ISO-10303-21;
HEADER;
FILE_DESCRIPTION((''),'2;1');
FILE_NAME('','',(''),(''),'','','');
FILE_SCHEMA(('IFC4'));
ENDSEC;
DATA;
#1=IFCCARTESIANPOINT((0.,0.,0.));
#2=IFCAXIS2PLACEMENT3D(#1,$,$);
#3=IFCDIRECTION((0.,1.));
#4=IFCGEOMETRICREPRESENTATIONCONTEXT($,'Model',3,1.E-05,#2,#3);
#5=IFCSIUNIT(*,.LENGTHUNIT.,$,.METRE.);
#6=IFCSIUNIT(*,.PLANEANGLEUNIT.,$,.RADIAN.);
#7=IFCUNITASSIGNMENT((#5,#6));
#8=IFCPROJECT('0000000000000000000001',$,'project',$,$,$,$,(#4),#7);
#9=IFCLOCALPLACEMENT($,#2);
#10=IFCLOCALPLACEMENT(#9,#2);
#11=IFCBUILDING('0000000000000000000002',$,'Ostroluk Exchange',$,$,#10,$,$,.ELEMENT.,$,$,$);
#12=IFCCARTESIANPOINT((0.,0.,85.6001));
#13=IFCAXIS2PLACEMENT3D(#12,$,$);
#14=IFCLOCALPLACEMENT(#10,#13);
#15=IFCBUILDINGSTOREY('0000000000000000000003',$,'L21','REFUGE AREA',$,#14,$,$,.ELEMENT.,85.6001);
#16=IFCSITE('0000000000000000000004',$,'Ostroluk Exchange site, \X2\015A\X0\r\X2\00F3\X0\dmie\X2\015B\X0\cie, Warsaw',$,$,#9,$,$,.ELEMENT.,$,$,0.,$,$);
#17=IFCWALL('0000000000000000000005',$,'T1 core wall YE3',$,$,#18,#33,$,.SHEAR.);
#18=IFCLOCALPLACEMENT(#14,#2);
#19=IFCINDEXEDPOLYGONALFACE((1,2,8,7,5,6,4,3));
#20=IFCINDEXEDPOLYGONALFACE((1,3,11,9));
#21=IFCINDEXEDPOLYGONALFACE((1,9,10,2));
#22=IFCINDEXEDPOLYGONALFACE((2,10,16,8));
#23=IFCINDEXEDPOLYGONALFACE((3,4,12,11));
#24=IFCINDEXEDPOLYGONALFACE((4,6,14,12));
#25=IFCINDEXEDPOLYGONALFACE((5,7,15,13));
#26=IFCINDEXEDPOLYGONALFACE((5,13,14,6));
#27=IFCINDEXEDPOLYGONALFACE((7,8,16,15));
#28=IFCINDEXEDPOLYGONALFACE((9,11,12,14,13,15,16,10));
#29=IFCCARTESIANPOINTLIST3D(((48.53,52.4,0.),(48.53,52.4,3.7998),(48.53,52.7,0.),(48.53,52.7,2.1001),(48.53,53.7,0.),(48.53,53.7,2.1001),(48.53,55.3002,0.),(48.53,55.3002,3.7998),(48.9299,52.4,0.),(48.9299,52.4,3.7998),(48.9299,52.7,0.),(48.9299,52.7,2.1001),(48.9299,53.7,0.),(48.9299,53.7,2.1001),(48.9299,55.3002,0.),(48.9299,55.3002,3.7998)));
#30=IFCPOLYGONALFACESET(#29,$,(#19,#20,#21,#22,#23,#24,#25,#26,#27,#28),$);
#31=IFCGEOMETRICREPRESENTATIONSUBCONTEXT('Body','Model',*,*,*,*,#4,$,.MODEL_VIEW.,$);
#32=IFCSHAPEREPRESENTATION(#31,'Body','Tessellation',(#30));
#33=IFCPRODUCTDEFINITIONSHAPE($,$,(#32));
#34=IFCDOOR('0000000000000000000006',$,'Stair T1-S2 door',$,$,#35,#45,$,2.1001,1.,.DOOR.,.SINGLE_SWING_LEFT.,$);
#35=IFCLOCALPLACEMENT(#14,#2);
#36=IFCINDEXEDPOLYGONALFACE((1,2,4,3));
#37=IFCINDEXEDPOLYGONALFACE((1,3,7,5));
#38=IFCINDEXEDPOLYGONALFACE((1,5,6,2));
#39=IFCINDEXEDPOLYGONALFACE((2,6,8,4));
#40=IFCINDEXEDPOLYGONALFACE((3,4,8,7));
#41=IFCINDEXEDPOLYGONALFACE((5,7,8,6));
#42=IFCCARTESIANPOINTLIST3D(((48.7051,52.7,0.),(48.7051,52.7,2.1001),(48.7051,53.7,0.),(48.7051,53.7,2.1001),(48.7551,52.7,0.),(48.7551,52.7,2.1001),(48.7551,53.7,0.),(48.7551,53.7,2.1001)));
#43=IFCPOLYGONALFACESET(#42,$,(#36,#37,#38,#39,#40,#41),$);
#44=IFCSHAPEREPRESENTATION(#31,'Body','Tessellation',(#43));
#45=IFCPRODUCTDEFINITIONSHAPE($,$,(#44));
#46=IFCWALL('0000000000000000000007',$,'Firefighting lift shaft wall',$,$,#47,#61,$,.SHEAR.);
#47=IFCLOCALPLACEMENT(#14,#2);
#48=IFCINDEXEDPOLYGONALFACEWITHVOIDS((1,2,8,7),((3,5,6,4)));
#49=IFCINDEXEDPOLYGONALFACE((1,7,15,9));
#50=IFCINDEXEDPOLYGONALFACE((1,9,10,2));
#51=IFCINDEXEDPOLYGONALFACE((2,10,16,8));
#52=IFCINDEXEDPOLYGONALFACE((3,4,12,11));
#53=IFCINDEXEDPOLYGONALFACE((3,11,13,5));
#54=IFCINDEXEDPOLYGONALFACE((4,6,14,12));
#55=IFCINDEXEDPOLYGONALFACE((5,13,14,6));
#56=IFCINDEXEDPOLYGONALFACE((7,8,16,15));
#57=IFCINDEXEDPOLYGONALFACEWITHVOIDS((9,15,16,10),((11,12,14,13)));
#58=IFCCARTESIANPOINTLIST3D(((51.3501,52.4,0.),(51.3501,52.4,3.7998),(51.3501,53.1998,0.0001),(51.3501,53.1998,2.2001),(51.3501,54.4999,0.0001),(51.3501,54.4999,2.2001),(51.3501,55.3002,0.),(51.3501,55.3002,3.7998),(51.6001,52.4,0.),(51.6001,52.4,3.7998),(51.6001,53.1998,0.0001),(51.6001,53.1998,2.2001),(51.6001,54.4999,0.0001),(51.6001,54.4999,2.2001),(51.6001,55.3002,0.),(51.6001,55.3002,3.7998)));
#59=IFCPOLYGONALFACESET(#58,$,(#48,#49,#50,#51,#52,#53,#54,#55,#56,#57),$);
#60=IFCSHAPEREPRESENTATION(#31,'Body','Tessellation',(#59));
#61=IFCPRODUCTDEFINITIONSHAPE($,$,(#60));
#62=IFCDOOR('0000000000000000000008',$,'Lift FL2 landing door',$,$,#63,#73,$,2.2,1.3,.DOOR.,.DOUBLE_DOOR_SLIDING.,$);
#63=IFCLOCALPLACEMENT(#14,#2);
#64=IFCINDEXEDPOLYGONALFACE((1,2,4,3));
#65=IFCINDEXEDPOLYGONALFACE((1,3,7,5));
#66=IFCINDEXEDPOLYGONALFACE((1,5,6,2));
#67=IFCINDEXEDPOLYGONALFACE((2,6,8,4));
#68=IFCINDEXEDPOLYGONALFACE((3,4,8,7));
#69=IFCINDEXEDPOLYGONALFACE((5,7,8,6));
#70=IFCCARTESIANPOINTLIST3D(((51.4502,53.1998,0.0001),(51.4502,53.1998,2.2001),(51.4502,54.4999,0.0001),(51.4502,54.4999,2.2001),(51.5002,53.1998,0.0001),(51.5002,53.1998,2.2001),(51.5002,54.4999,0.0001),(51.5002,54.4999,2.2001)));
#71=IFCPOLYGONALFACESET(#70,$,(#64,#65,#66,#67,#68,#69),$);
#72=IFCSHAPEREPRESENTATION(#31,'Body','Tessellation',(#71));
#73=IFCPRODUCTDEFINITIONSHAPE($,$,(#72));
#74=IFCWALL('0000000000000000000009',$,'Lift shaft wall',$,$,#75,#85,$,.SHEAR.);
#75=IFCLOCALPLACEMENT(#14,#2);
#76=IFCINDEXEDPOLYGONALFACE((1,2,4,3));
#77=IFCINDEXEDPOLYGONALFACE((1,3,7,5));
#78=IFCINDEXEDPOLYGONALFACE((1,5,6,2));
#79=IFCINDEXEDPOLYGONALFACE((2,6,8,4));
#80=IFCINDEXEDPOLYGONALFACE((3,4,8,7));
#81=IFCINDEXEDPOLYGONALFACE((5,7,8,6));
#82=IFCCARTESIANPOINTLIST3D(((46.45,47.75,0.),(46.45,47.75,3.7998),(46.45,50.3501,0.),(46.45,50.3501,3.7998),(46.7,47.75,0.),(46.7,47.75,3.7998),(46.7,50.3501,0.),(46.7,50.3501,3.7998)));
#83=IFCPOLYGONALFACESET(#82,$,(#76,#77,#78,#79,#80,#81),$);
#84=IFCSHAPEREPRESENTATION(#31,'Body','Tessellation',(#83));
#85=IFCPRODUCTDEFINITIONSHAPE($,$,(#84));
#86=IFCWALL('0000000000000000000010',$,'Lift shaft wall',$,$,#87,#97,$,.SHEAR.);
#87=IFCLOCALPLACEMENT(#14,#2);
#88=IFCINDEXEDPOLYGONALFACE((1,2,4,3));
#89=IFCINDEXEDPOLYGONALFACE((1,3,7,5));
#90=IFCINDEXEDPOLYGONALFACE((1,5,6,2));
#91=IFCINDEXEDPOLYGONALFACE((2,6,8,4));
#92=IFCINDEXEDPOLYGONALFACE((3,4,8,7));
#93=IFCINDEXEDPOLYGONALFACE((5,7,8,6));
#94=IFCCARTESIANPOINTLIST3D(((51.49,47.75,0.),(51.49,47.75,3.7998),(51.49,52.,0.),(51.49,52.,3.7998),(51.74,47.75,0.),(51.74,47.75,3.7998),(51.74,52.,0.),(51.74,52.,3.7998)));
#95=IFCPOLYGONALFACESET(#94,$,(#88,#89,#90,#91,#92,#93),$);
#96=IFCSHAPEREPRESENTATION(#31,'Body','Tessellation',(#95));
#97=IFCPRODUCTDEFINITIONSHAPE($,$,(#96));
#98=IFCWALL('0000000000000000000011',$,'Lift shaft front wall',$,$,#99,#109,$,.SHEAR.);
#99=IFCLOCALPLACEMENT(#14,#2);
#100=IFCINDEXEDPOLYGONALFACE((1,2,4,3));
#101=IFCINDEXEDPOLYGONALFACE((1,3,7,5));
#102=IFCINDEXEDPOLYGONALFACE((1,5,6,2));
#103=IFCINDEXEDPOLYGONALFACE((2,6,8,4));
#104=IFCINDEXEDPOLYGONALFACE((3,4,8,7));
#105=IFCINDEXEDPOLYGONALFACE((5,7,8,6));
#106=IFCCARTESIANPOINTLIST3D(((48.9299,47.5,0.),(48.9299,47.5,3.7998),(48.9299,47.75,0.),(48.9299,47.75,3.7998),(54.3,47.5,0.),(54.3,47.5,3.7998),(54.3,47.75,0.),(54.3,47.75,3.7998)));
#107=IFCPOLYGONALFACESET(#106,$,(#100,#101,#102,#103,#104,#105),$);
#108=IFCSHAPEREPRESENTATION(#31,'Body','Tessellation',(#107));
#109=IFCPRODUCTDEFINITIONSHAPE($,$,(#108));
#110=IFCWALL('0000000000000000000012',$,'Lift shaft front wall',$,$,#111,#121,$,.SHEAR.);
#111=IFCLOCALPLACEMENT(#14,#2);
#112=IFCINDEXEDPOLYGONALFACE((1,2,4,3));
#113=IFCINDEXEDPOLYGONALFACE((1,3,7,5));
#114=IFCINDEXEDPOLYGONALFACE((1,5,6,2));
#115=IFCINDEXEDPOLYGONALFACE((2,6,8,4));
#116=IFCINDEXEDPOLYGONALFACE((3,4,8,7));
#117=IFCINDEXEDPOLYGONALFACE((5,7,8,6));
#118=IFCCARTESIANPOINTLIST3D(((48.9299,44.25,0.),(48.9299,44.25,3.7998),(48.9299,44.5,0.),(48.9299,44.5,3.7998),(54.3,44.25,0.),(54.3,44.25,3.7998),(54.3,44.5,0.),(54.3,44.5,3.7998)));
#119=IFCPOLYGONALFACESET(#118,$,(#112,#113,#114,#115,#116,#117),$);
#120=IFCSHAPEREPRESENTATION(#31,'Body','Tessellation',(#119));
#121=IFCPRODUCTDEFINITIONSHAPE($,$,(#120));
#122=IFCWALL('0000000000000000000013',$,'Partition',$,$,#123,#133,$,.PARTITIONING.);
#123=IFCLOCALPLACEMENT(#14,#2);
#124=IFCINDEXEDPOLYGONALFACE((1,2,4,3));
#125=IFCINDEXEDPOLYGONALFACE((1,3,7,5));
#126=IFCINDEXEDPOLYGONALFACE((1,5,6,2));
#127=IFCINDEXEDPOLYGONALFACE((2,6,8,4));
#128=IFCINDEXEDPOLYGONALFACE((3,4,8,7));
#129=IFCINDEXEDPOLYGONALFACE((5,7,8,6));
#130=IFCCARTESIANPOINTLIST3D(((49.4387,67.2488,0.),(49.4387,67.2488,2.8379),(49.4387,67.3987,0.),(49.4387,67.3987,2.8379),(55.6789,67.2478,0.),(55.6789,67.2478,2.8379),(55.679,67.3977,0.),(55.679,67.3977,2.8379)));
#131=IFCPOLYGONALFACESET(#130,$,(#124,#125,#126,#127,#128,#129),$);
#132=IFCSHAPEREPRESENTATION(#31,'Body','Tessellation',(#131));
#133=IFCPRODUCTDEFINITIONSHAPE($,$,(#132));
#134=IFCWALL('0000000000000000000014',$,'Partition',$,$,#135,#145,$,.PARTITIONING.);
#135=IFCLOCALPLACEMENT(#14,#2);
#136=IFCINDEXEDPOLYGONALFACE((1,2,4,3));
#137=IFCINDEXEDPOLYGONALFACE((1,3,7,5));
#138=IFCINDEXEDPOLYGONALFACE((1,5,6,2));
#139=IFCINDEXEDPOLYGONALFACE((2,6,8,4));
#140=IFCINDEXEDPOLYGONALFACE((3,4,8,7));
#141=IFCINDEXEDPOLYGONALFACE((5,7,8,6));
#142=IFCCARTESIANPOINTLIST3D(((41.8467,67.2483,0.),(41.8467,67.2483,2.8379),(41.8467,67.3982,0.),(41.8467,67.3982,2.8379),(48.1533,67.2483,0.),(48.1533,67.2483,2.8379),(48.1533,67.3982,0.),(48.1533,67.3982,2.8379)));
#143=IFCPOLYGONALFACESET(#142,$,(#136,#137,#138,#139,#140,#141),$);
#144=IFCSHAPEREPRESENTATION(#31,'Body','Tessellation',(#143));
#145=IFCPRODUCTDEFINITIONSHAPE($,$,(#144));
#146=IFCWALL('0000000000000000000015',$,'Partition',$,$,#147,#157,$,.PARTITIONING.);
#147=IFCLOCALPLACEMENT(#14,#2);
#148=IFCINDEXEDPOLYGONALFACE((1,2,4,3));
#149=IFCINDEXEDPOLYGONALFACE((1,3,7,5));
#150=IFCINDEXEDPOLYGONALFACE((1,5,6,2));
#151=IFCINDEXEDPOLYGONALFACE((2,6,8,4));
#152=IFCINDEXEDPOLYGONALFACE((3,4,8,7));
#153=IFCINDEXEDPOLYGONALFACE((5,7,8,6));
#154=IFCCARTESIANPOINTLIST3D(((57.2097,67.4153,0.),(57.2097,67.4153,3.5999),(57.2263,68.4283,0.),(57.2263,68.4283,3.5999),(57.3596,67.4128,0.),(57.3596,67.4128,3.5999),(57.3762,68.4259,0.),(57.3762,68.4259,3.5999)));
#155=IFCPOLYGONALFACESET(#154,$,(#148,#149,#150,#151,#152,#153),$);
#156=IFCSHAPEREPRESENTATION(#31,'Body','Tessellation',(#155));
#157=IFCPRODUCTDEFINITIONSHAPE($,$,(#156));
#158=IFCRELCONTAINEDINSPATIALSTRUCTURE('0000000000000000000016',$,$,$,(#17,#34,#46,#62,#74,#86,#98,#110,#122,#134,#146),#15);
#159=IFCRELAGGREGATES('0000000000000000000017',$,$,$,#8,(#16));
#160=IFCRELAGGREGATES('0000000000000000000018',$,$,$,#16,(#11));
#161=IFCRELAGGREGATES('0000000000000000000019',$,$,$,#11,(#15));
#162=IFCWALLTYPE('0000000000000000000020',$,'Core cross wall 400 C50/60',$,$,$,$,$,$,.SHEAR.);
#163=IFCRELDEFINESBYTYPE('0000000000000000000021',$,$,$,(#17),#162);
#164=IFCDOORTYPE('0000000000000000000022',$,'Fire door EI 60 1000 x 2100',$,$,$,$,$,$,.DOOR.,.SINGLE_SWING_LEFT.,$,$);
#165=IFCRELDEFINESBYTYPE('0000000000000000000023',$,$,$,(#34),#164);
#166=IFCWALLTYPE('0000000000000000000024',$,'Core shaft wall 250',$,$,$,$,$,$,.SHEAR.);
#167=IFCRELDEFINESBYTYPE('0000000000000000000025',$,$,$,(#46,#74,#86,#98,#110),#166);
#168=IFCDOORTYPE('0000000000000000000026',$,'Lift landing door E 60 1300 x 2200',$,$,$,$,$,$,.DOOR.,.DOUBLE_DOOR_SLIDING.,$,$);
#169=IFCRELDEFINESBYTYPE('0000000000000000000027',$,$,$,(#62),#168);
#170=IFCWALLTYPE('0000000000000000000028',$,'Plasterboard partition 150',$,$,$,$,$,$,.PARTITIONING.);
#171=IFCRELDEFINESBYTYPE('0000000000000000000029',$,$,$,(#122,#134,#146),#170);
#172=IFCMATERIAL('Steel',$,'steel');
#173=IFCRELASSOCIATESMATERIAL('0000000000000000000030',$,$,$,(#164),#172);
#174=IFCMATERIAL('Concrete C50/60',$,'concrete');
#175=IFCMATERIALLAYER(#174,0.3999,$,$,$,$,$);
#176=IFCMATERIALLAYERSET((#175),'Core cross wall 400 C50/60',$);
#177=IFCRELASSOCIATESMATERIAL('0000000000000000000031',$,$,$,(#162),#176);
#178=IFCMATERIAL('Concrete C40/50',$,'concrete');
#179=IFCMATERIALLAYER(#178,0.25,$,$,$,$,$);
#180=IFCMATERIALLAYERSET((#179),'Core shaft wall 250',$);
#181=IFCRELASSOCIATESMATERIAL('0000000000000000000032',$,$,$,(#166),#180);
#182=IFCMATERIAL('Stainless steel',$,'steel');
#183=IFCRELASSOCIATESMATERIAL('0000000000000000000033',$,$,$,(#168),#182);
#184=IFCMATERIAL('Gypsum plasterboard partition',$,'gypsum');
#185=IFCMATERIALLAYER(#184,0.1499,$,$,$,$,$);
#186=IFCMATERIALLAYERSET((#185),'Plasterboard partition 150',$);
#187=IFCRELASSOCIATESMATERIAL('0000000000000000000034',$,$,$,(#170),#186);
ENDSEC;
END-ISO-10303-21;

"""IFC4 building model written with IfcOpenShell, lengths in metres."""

from ifc_helpers import new_model, si_unit, direction, frame, frame_2d, origin, place, context, subcontext, project, spatial, rectangle, extrude, material, layer, layer_set, type_object, element, fill, save


model = new_model("IFC4")

# Units and contexts
model_context = context("Model", 3, precision=1e-05, world=origin(), true_north=direction((0.0, 1.0)))
body_context = subcontext(model_context, "Body", "Model", "MODEL_VIEW")
ifc_project = project(units=[si_unit("LENGTHUNIT", "METRE"), si_unit("PLANEANGLEUNIT", "RADIAN")], contexts=[model_context])

# Site, building, storey
site_placement = place(None, origin())
site = spatial("IfcSite", under=ifc_project, at=site_placement, Name="Ostroluk Exchange site, Śródmieście, Warsaw", CompositionType="ELEMENT", RefElevation=0.0)
building_placement = place(site_placement, origin())
building = spatial("IfcBuilding", under=site, at=building_placement, Name="Ostroluk Exchange", CompositionType="ELEMENT")
storey_placement = place(building_placement, frame((0.0, 0.0, 85.6001)))
storey = spatial("IfcBuildingStorey", under=building, at=storey_placement, Name="L21", Description="REFUGE AREA", CompositionType="ELEMENT", Elevation=85.6001)

# Walls, openings, doors
ifc_material_1 = material(Name="Steel", Category="steel")
door_type_1 = type_object("IfcDoorType", Name="Fire door EI 60 1000 x 2100", OperationType="SINGLE_SWING_LEFT", PredefinedType="DOOR", material=ifc_material_1)
ifc_material_2 = material(Name="Concrete C50/60", Category="concrete")
ifc_layer_1 = layer(ifc_material_2, 0.3999)
ifc_layer_set_1 = layer_set([ifc_layer_1], Name="Core cross wall 400 C50/60")
wall_type_1 = type_object("IfcWallType", Name="Core cross wall 400 C50/60", PredefinedType="SHEAR", material=ifc_layer_set_1)
wall_1_placement = place(storey_placement, frame((48.73, 52.3999, 0.0), z_axis=(0.0, 0.0, 1.0), x_axis=(0.0, 1.0, 0.0)))
wall_1 = element("IfcWall", 1, at=wall_1_placement, inside=storey, type_object=wall_type_1, Name="T1 core wall YE3", PredefinedType="SHEAR", context=body_context, shape_type="SweptSolid", body=[
    extrude(rectangle(XDim=2.9001, YDim=0.3999, at=frame_2d((1.4502, 0.0))), origin(), (0.0, 0.0, 1.0), 3.7998),
])
opening_1_placement = place(wall_1_placement, frame((0.3, 0.0, 0.0)))
opening_1 = element("IfcOpeningElement", 2, at=opening_1_placement, cuts=wall_1, PredefinedType="OPENING", context=body_context, shape_type="SweptSolid", body=[
    extrude(rectangle(XDim=1.0, YDim=2.1001, at=frame_2d((0.5, 1.05))), frame((0.0, 0.21, 0.0), z_axis=(0.0, -1.0, 0.0), x_axis=(1.0, 0.0, 0.0)), (0.0, 0.0, 1.0), 0.4199),
])
door_1_placement = place(opening_1_placement, origin())
door_1 = element("IfcDoor", 3, at=door_1_placement, inside=storey, type_object=door_type_1, Name="Stair T1-S2 door", OperationType="SINGLE_SWING_LEFT", OverallHeight=2.1001, OverallWidth=1.0, PredefinedType="DOOR", context=body_context, shape_type="SweptSolid", body=[
    extrude(rectangle(XDim=1.0, YDim=2.1001, at=frame_2d((0.5, 1.05))), frame((0.0, 0.0249, 0.0), z_axis=(0.0, -1.0, 0.0), x_axis=(1.0, 0.0, 0.0)), (0.0, 0.0, 1.0), 0.05),
])
fill(opening_1, door_1)
ifc_material_3 = material(Name="Concrete C40/50", Category="concrete")
ifc_layer_2 = layer(ifc_material_3, 0.25)
ifc_layer_set_2 = layer_set([ifc_layer_2], Name="Core shaft wall 250")
wall_type_2 = type_object("IfcWallType", Name="Core shaft wall 250", PredefinedType="SHEAR", material=ifc_layer_set_2)
wall_2_placement = place(storey_placement, frame((51.4751, 52.3999, 0.0), z_axis=(0.0, 0.0, 1.0), x_axis=(0.0, 1.0, 0.0)))
wall_2 = element("IfcWall", 4, at=wall_2_placement, inside=storey, type_object=wall_type_2, Name="Firefighting lift shaft wall", PredefinedType="SHEAR", context=body_context, shape_type="SweptSolid", body=[
    extrude(rectangle(XDim=2.9001, YDim=0.25, at=frame_2d((1.4502, 0.0))), origin(), (0.0, 0.0, 1.0), 3.7998),
])
opening_2_placement = place(wall_2_placement, frame((0.8, 0.0, 0.0)))
opening_2 = element("IfcOpeningElement", 5, at=opening_2_placement, cuts=wall_2, PredefinedType="OPENING", context=body_context, shape_type="SweptSolid", body=[
    extrude(rectangle(XDim=1.3, YDim=2.2, at=frame_2d((0.6499, 1.1001))), frame((0.0, 0.135, 0.0), z_axis=(0.0, -1.0, 0.0), x_axis=(1.0, 0.0, 0.0)), (0.0, 0.0, 1.0), 0.27),
])
ifc_material_4 = material(Name="Stainless steel", Category="steel")
door_type_2 = type_object("IfcDoorType", Name="Lift landing door E 60 1300 x 2200", OperationType="DOUBLE_DOOR_SLIDING", PredefinedType="DOOR", material=ifc_material_4)
door_2_placement = place(opening_2_placement, origin())
door_2 = element("IfcDoor", 6, at=door_2_placement, inside=storey, type_object=door_type_2, Name="Lift FL2 landing door", OperationType="DOUBLE_DOOR_SLIDING", OverallHeight=2.2, OverallWidth=1.3, PredefinedType="DOOR", context=body_context, shape_type="SweptSolid", body=[
    extrude(rectangle(XDim=1.3, YDim=2.2, at=frame_2d((0.6499, 1.1001))), frame((0.0, 0.0249, 0.0), z_axis=(0.0, -1.0, 0.0), x_axis=(1.0, 0.0, 0.0)), (0.0, 0.0, 1.0), 0.05),
])
fill(opening_2, door_2)

# Walls
wall_3_placement = place(storey_placement, frame((46.575, 47.75, 0.0), z_axis=(0.0, 0.0, 1.0), x_axis=(0.0, 1.0, 0.0)))
element("IfcWall", 7, at=wall_3_placement, inside=storey, type_object=wall_type_2, Name="Lift shaft wall", PredefinedType="SHEAR", context=body_context, shape_type="SweptSolid", body=[
    extrude(rectangle(XDim=2.6001, YDim=0.25, at=frame_2d((1.3, 0.0))), origin(), (0.0, 0.0, 1.0), 3.7998),
])
wall_4_placement = place(storey_placement, frame((51.615, 47.75, 0.0), z_axis=(0.0, 0.0, 1.0), x_axis=(0.0, 1.0, 0.0)))
element("IfcWall", 8, at=wall_4_placement, inside=storey, type_object=wall_type_2, Name="Lift shaft wall", PredefinedType="SHEAR", context=body_context, shape_type="SweptSolid", body=[
    extrude(rectangle(XDim=4.25, YDim=0.25, at=frame_2d((2.125, 0.0))), origin(), (0.0, 0.0, 1.0), 3.7998),
])
for number, where, z_axis, x_axis, name in (
    (9, (48.9299, 47.625, 0.0), (0.0, 0.0, 1.0), (1.0, 0.0, 0.0), "Lift shaft front wall"),
    (10, (48.9299, 44.375, 0.0), (0.0, 0.0, 1.0), (1.0, 0.0, 0.0), "Lift shaft front wall"),
):
    element("IfcWall", number, at=place(storey_placement, frame(where, z_axis=z_axis, x_axis=x_axis)), inside=storey, type_object=wall_type_2, Name=name, PredefinedType="SHEAR", context=body_context, shape_type="SweptSolid", body=[
        extrude(rectangle(XDim=5.3701, YDim=0.25, at=frame_2d((2.6851, 0.0))), origin(), (0.0, 0.0, 1.0), 3.7998),
    ])
ifc_material_5 = material(Name="Gypsum plasterboard partition", Category="gypsum")
ifc_layer_3 = layer(ifc_material_5, 0.1499)
ifc_layer_set_3 = layer_set([ifc_layer_3], Name="Plasterboard partition 150")
wall_type_3 = type_object("IfcWallType", Name="Plasterboard partition 150", PredefinedType="PARTITIONING", material=ifc_layer_set_3)
wall_5_placement = place(storey_placement, frame((55.679, 67.3228, 0.0), z_axis=(0.0, 0.0, 1.0), x_axis=(-1.0, 0.000156, 0.0)))
element("IfcWall", 11, at=wall_5_placement, inside=storey, type_object=wall_type_3, Name="Partition", PredefinedType="PARTITIONING", context=body_context, shape_type="SweptSolid", body=[
    extrude(rectangle(XDim=6.2402, YDim=0.1499, at=frame_2d((3.1201, 0.0))), origin(), (0.0, 0.0, 1.0), 2.8379),
])
wall_6_placement = place(storey_placement, frame((48.1533, 67.3232, 0.0), z_axis=(0.0, 0.0, 1.0), x_axis=(-1.0, 0.0, 0.0)))
element("IfcWall", 12, at=wall_6_placement, inside=storey, type_object=wall_type_3, Name="Partition", PredefinedType="PARTITIONING", context=body_context, shape_type="SweptSolid", body=[
    extrude(rectangle(XDim=6.3066, YDim=0.1499, at=frame_2d((3.1533, 0.0))), origin(), (0.0, 0.0, 1.0), 2.8379),
])
wall_7_placement = place(storey_placement, frame((57.2847, 67.4141, 0.0), z_axis=(0.0, 0.0, 1.0), x_axis=(0.016387, 0.999866, 0.0)))
element("IfcWall", 13, at=wall_7_placement, inside=storey, type_object=wall_type_3, Name="Partition", PredefinedType="PARTITIONING", context=body_context, shape_type="SweptSolid", body=[
    extrude(rectangle(XDim=1.0132, YDim=0.1499, at=frame_2d((0.5066, 0.0))), origin(), (0.0, 0.0, 1.0), 3.5999),
])

save(model, "model.ifc")
